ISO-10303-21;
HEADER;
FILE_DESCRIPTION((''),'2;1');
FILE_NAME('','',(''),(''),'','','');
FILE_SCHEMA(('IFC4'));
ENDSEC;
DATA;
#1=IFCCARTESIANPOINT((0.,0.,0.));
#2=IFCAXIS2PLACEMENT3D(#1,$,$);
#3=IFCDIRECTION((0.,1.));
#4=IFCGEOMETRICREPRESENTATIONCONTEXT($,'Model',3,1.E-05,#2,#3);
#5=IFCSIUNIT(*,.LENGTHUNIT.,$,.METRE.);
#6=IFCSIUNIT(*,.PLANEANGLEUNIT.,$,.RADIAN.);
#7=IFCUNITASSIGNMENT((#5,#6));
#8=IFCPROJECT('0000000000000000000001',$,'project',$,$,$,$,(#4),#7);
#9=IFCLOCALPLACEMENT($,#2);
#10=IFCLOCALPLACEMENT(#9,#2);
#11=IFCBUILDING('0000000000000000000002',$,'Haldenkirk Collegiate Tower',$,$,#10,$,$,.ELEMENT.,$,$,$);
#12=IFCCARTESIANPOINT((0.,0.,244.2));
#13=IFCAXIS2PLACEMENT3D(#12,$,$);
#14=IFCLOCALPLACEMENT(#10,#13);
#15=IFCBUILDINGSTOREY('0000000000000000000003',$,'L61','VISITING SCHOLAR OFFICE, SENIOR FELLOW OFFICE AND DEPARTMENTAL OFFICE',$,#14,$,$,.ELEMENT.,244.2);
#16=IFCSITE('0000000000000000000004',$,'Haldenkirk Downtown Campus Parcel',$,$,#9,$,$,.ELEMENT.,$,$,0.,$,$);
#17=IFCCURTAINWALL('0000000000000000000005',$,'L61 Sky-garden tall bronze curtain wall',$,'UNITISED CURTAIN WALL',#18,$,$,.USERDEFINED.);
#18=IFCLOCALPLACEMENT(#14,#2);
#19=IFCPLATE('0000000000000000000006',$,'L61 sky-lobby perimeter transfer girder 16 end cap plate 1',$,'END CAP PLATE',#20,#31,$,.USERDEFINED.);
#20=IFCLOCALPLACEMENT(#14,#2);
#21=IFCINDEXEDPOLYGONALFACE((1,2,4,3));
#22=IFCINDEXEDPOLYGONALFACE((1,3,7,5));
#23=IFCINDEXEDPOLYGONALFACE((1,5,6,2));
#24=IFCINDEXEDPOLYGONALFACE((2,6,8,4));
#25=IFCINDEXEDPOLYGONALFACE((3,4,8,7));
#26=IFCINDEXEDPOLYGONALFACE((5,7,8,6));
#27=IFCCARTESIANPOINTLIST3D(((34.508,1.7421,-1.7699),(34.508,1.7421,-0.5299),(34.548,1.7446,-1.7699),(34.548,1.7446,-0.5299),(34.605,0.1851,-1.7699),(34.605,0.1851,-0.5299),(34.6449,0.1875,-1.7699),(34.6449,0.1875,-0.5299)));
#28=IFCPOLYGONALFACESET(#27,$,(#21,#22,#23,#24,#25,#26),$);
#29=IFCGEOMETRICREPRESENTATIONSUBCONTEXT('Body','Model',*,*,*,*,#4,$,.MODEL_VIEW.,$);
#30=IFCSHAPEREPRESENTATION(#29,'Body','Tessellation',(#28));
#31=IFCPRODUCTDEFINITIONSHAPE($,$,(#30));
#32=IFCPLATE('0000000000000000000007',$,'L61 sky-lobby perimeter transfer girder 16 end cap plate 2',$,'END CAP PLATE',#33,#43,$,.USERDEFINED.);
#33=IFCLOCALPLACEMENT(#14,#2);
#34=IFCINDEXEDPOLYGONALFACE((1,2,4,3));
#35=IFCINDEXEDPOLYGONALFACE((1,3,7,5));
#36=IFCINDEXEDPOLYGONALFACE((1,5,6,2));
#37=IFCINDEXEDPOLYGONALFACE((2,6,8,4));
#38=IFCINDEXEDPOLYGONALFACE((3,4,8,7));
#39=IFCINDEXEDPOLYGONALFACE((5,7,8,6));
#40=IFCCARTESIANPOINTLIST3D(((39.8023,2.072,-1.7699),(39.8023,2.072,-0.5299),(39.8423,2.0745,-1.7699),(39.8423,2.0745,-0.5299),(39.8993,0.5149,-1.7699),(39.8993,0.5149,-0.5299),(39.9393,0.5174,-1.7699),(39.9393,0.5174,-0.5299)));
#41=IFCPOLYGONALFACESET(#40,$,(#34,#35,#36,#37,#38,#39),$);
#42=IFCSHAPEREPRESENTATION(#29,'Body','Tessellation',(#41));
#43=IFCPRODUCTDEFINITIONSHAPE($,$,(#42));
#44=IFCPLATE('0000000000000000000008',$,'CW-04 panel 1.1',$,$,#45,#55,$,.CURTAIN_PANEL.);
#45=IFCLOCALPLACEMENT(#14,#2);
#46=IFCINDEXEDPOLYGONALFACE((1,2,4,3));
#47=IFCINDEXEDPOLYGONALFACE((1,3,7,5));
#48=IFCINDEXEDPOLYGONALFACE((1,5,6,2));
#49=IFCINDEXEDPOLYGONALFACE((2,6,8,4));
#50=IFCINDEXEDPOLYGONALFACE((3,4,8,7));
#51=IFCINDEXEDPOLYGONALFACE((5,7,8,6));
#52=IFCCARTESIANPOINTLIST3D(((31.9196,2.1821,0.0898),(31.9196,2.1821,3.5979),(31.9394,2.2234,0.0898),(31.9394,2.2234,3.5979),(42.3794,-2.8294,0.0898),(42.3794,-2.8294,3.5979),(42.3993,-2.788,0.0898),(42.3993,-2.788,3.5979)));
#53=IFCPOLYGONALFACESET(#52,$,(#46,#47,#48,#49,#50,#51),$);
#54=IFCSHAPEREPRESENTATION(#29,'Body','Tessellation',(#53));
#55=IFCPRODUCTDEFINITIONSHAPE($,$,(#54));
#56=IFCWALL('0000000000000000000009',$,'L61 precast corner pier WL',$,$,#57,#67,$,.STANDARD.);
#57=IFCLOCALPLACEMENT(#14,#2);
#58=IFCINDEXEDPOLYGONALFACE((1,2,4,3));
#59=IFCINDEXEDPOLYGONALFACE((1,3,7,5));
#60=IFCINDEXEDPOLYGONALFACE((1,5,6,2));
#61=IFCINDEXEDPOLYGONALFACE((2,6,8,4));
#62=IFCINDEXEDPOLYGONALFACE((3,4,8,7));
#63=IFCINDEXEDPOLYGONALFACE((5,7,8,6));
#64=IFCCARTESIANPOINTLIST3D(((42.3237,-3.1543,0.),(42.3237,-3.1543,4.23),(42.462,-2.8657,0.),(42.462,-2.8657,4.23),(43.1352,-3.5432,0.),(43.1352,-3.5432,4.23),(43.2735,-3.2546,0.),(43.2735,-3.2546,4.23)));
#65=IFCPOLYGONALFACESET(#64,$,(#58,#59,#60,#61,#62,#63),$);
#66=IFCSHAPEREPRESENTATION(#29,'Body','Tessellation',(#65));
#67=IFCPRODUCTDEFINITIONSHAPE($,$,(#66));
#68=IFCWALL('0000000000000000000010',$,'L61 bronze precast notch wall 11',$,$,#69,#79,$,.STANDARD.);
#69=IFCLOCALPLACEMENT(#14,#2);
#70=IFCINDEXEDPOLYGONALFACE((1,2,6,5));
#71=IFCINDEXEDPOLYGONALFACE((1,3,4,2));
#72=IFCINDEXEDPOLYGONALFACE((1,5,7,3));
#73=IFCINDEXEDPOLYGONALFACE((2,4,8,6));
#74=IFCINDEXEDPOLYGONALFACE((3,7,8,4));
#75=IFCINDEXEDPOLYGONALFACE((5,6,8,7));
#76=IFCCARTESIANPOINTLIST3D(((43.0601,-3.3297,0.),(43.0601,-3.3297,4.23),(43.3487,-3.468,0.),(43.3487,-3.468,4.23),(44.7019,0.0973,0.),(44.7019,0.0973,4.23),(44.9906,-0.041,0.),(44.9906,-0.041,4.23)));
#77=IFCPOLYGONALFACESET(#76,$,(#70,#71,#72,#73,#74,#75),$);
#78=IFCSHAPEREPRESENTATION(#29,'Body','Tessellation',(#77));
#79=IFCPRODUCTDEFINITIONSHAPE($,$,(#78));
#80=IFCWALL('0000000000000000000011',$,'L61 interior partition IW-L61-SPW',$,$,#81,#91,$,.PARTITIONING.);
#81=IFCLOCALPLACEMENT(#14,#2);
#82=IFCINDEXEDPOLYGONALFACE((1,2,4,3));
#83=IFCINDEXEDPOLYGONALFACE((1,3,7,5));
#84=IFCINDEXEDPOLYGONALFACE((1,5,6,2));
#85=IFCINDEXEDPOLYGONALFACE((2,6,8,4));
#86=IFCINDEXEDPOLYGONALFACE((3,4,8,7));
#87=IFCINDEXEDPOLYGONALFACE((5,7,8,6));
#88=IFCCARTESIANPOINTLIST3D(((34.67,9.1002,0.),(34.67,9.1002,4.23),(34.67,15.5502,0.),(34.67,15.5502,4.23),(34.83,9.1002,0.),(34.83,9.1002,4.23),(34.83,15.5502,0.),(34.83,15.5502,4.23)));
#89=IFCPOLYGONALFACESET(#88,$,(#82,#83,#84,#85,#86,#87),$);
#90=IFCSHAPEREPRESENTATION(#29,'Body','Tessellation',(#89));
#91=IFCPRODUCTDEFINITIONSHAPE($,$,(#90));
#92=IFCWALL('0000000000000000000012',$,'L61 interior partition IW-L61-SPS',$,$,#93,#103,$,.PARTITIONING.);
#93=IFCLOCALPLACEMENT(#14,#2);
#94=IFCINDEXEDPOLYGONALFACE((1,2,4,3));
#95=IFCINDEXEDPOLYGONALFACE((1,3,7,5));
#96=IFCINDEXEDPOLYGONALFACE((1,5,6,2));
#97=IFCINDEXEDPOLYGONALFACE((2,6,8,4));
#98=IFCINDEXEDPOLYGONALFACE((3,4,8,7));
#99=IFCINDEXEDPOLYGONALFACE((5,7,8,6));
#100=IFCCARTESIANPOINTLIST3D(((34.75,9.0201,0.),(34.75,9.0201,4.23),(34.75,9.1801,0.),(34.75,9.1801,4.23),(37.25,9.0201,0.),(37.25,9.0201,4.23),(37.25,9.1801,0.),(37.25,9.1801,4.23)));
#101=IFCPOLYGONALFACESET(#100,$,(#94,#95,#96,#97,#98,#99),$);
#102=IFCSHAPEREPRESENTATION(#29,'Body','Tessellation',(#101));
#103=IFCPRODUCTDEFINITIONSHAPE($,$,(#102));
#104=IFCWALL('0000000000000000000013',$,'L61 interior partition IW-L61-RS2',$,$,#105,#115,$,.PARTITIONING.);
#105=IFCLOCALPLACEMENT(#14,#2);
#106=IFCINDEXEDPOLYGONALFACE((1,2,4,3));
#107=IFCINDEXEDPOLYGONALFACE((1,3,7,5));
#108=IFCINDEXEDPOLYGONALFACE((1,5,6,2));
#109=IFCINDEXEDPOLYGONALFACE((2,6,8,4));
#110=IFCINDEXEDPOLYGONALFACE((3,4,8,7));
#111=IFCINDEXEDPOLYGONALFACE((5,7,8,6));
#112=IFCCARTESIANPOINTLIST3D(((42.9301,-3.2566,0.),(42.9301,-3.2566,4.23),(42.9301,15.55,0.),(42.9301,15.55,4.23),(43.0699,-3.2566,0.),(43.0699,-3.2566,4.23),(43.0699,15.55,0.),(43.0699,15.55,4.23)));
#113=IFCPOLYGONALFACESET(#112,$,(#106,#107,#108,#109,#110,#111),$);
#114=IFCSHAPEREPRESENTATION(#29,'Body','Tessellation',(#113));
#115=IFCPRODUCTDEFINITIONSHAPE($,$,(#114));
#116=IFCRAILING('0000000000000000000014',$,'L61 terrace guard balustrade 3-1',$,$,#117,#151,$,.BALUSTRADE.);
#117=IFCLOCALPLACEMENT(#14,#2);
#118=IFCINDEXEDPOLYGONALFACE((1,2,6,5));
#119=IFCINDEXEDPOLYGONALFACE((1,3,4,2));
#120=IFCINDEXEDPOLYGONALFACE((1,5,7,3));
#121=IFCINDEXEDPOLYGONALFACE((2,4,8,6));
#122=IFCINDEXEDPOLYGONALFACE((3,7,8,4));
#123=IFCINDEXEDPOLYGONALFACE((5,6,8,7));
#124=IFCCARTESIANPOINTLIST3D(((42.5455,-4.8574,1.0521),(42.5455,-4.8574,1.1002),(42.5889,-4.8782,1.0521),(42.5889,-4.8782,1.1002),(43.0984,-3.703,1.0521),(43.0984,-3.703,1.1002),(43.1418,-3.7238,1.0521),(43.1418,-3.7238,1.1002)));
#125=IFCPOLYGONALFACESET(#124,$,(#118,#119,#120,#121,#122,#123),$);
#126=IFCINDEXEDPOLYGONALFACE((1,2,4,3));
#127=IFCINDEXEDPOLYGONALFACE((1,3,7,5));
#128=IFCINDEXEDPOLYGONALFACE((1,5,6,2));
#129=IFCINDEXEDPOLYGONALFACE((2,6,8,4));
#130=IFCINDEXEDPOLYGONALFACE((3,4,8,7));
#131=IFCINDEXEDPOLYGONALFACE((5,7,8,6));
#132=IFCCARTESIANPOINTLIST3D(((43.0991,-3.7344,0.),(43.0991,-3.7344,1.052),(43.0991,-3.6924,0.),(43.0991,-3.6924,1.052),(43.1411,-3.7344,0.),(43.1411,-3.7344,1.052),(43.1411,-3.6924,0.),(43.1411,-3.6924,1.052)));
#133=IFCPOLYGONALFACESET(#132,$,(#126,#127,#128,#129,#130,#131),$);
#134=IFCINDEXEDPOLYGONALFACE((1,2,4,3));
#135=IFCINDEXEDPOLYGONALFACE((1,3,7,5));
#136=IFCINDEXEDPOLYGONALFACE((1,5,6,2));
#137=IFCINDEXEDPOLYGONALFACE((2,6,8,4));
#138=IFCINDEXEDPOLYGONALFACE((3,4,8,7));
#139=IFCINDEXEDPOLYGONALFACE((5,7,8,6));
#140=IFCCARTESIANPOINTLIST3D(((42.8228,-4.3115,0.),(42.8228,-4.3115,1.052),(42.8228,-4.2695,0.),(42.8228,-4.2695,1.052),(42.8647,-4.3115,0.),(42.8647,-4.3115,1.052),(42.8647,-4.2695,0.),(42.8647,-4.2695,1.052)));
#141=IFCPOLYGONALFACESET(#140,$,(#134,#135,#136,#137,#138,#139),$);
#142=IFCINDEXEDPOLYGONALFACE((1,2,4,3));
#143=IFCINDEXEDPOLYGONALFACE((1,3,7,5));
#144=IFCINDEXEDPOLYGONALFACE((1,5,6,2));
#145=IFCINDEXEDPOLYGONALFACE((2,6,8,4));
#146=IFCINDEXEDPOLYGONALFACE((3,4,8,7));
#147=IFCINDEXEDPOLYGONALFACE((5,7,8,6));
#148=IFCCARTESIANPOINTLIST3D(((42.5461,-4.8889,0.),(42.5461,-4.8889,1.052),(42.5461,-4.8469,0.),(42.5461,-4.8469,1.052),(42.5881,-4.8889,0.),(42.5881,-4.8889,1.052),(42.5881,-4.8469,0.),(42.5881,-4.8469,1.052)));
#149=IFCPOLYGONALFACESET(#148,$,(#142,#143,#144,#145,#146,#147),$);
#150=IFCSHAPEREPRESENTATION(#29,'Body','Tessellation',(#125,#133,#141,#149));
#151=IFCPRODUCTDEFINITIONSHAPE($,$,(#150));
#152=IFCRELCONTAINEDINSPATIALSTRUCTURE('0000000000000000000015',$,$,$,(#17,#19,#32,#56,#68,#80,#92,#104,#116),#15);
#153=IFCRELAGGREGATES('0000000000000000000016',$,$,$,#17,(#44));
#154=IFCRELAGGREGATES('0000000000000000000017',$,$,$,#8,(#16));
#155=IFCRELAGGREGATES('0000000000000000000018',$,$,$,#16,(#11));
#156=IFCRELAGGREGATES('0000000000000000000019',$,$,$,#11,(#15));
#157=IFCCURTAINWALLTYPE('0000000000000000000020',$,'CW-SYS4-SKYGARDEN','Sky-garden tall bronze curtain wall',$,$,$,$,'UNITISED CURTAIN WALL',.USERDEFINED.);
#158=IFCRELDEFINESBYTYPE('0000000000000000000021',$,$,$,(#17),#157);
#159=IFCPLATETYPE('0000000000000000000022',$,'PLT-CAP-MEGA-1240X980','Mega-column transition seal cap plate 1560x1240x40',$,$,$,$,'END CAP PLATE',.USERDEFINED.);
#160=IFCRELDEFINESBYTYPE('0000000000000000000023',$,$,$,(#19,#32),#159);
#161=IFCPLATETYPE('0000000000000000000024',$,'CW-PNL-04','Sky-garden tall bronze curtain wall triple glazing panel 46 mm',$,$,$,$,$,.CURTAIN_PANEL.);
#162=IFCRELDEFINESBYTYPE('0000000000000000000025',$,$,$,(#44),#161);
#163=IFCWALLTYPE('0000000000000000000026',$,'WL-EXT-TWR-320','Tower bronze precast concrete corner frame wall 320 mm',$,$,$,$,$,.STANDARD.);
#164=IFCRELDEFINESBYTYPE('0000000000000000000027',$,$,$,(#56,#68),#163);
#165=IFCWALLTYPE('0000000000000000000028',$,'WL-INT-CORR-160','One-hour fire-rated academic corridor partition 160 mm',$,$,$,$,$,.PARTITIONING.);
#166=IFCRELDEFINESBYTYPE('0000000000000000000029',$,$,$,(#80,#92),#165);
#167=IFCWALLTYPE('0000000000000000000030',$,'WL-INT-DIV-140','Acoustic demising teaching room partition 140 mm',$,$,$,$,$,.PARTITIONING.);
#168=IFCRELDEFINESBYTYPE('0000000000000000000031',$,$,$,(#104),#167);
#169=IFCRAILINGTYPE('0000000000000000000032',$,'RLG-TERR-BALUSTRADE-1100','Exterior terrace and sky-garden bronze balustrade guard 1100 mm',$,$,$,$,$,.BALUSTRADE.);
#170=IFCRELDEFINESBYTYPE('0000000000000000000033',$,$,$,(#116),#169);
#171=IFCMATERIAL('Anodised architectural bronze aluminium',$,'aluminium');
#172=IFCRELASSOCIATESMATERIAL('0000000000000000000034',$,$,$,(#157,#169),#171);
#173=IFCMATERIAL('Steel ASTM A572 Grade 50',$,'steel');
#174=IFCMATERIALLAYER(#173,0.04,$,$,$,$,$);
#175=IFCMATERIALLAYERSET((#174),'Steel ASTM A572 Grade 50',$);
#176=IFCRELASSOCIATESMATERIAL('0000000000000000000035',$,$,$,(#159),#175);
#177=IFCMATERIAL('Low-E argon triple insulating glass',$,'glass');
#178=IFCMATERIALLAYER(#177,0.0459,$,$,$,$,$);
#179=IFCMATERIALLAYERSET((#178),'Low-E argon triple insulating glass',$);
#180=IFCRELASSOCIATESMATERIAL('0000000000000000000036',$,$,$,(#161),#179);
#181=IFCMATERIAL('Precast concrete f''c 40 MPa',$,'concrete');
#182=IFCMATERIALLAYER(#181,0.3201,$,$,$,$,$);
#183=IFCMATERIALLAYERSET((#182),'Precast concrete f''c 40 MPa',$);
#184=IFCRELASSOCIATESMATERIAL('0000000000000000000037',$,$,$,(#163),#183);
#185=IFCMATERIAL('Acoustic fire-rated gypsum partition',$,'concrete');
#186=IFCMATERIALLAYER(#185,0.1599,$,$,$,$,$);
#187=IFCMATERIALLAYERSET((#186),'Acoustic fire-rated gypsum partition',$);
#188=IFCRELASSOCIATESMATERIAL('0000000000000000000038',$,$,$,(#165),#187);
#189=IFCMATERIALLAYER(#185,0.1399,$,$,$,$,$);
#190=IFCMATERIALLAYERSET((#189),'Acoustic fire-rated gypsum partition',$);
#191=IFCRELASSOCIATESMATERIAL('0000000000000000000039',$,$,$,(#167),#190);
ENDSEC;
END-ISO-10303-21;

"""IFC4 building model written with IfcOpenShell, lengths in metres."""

from ifc_helpers import new_model, si_unit, direction, frame, frame_2d, origin, origin_2d, place, context, subcontext, project, spatial, rectangle, extrude, source, transform, mapped, material, layer, layer_set, type_object, element, aggregate, save


model = new_model("IFC4")

# Units and contexts
model_context = context("Model", 3, precision=1e-05, world=origin(), true_north=direction((0.0, 1.0)))
body_context = subcontext(model_context, "Body", "Model", "MODEL_VIEW")
ifc_project = project(units=[si_unit("LENGTHUNIT", "METRE"), si_unit("PLANEANGLEUNIT", "RADIAN")], contexts=[model_context])

# Site, building, storey
site_placement = place(None, origin())
site = spatial("IfcSite", under=ifc_project, at=site_placement, Name="Haldenkirk Downtown Campus Parcel", CompositionType="ELEMENT", RefElevation=0.0)
building_placement = place(site_placement, origin())
building = spatial("IfcBuilding", under=site, at=building_placement, Name="Haldenkirk Collegiate Tower", CompositionType="ELEMENT")
storey_placement = place(building_placement, frame((0.0, 0.0, 244.2)))
storey = spatial("IfcBuildingStorey", under=building, at=storey_placement, Name="L61", Description="VISITING SCHOLAR OFFICE, SENIOR FELLOW OFFICE AND DEPARTMENTAL OFFICE", CompositionType="ELEMENT", Elevation=244.2)

# Shared definitions
ifc_material_1 = material(Name="Steel ASTM A572 Grade 50", Category="steel")

# Curtain wall
ifc_material_2 = material(Name="Anodised architectural bronze aluminium", Category="aluminium")
curtain_wall_type = type_object("IfcCurtainWallType", Name="CW-SYS4-SKYGARDEN", Description="Sky-garden tall bronze curtain wall", ElementType="UNITISED CURTAIN WALL", PredefinedType="USERDEFINED", material=ifc_material_2)
curtain_wall_placement = place(storey_placement, origin())
curtain_wall = element("IfcCurtainWall", 1, at=curtain_wall_placement, inside=storey, type_object=curtain_wall_type, Name="L61 Sky-garden tall bronze curtain wall", ObjectType="UNITISED CURTAIN WALL", PredefinedType="USERDEFINED")

# Plates
ifc_layer_1 = layer(ifc_material_1, 0.04)
ifc_layer_set_1 = layer_set([ifc_layer_1], Name="Steel ASTM A572 Grade 50")
plate_type_1 = type_object("IfcPlateType", Name="PLT-CAP-MEGA-1240X980", Description="Mega-column transition seal cap plate 1560x1240x40", ElementType="END CAP PLATE", PredefinedType="USERDEFINED", material=ifc_layer_set_1)
shared_shape_1 = source(origin(), body_context, "Body", "SweptSolid", [
    extrude(rectangle(XDim=1.5601, YDim=1.24, at=origin_2d()), origin(), (0.0, 0.0, 1.0), 0.04),
])
for number, where, z_axis, x_axis, name in (
    (2, (34.5964, 0.9661, -1.1499), (-0.998067, -0.062155, 0.0), (0.062155, -0.998067, 0.0), "L61 sky-lobby perimeter transfer girder 16 end cap plate 1"),
    (3, (39.8508, 1.2935, -1.1499), (0.998067, 0.062155, 0.0), (-0.062155, 0.998067, 0.0), "L61 sky-lobby perimeter transfer girder 16 end cap plate 2"),
):
    element("IfcPlate", number, at=place(storey_placement, frame(where, z_axis=z_axis, x_axis=x_axis)), inside=storey, type_object=plate_type_1, Name=name, ObjectType="END CAP PLATE", PredefinedType="USERDEFINED", context=body_context, shape_type="MappedRepresentation", body=[
        mapped(shared_shape_1, transform((0.0, 0.0, 0.0), x_axis=(1.0, 0.0, 0.0), y_axis=(0.0, 1.0, 0.0), z_axis=(0.0, 0.0, 1.0), scale=1.0)),
    ])

# Plate
ifc_material_3 = material(Name="Low-E argon triple insulating glass", Category="glass")
ifc_layer_2 = layer(ifc_material_3, 0.0459)
ifc_layer_set_2 = layer_set([ifc_layer_2], Name="Low-E argon triple insulating glass")
plate_type_2 = type_object("IfcPlateType", Name="CW-PNL-04", Description="Sky-garden tall bronze curtain wall triple glazing panel 46 mm", PredefinedType="CURTAIN_PANEL", material=ifc_layer_set_2)
shared_shape_2 = source(origin(), body_context, "Body", "SweptSolid", [
    extrude(rectangle(XDim=11.5984, YDim=0.0459, at=origin_2d()), origin(), (0.0, 0.0, 1.0), 3.5081),
])
plate_placement = place(storey_placement, frame((37.1594, -0.303, 0.0898), z_axis=(0.0, 0.0, 1.0), x_axis=(-0.901834, 0.432082, 0.0)))
plate = element("IfcPlate", 4, at=plate_placement, type_object=plate_type_2, Name="CW-04 panel 1.1", PredefinedType="CURTAIN_PANEL", context=body_context, shape_type="MappedRepresentation", body=[
    mapped(shared_shape_2, transform((0.0, 0.0, 0.0), x_axis=(1.0, 0.0, 0.0), y_axis=(0.0, 1.0, 0.0), z_axis=(0.0, 0.0, 1.0), scale=1.0)),
])
aggregate(curtain_wall, [plate])

# Walls
ifc_material_4 = material(Name="Precast concrete f'c 40 MPa", Category="concrete")
ifc_layer_3 = layer(ifc_material_4, 0.3201)
ifc_layer_set_3 = layer_set([ifc_layer_3], Name="Precast concrete f'c 40 MPa")
wall_type_1 = type_object("IfcWallType", Name="WL-EXT-TWR-320", Description="Tower bronze precast concrete corner frame wall 320 mm", PredefinedType="STANDARD", material=ifc_layer_set_3)
wall_1_placement = place(storey_placement, frame((43.2043, -3.3989, 0.0), z_axis=(0.0, 0.0, 1.0), x_axis=(-0.90179, 0.432175, 0.0)))
element("IfcWall", 5, at=wall_1_placement, inside=storey, type_object=wall_type_1, Name="L61 precast corner pier WL", PredefinedType="STANDARD", context=body_context, shape_type="SweptSolid", body=[
    extrude(rectangle(XDim=0.8999, YDim=0.3201, at=frame_2d((0.45, 0.0))), origin(), (0.0, 0.0, 1.0), 4.23),
])
wall_2_placement = place(storey_placement, frame((44.8462, 0.0281, 0.0), z_axis=(0.0, 0.0, 1.0), x_axis=(-0.432065, -0.901843, 0.0)))
element("IfcWall", 6, at=wall_2_placement, inside=storey, type_object=wall_type_1, Name="L61 bronze precast notch wall 11", PredefinedType="STANDARD", context=body_context, shape_type="SweptSolid", body=[
    extrude(rectangle(XDim=3.8, YDim=0.3201, at=frame_2d((1.8999, 0.0))), origin(), (0.0, 0.0, 1.0), 4.23),
])
ifc_material_5 = material(Name="Acoustic fire-rated gypsum partition", Category="concrete")
ifc_layer_4 = layer(ifc_material_5, 0.1599)
ifc_layer_set_4 = layer_set([ifc_layer_4], Name="Acoustic fire-rated gypsum partition")
wall_type_2 = type_object("IfcWallType", Name="WL-INT-CORR-160", Description="One-hour fire-rated academic corridor partition 160 mm", PredefinedType="PARTITIONING", material=ifc_layer_set_4)
wall_3_placement = place(storey_placement, frame((34.75, 9.1001, 0.0), z_axis=(0.0, 0.0, 1.0), x_axis=(0.0, 1.0, 0.0)))
element("IfcWall", 7, at=wall_3_placement, inside=storey, type_object=wall_type_2, Name="L61 interior partition IW-L61-SPW", PredefinedType="PARTITIONING", context=body_context, shape_type="SweptSolid", body=[
    extrude(rectangle(XDim=6.45, YDim=0.1599, at=frame_2d((3.2251, 0.0))), origin(), (0.0, 0.0, 1.0), 4.23),
])
wall_4_placement = place(storey_placement, frame((34.75, 9.1001, 0.0), z_axis=(0.0, 0.0, 1.0), x_axis=(1.0, 0.0, 0.0)))
element("IfcWall", 8, at=wall_4_placement, inside=storey, type_object=wall_type_2, Name="L61 interior partition IW-L61-SPS", PredefinedType="PARTITIONING", context=body_context, shape_type="SweptSolid", body=[
    extrude(rectangle(XDim=2.5, YDim=0.1599, at=frame_2d((1.25, 0.0))), origin(), (0.0, 0.0, 1.0), 4.23),
])
ifc_layer_5 = layer(ifc_material_5, 0.1399)
ifc_layer_set_5 = layer_set([ifc_layer_5], Name="Acoustic fire-rated gypsum partition")
wall_type_3 = type_object("IfcWallType", Name="WL-INT-DIV-140", Description="Acoustic demising teaching room partition 140 mm", PredefinedType="PARTITIONING", material=ifc_layer_set_5)
wall_5_placement = place(storey_placement, frame((43.0, -3.2566, 0.0), z_axis=(0.0, 0.0, 1.0), x_axis=(0.0, 1.0, 0.0)))
element("IfcWall", 9, at=wall_5_placement, inside=storey, type_object=wall_type_3, Name="L61 interior partition IW-L61-RS2", PredefinedType="PARTITIONING", context=body_context, shape_type="SweptSolid", body=[
    extrude(rectangle(XDim=18.8066, YDim=0.1399, at=frame_2d((9.4033, 0.0))), origin(), (0.0, 0.0, 1.0), 4.23),
])

# Railing
railing_type = type_object("IfcRailingType", Name="RLG-TERR-BALUSTRADE-1100", Description="Exterior terrace and sky-garden bronze balustrade guard 1100 mm", PredefinedType="BALUSTRADE", material=ifc_material_2)
railing_1_placement = place(storey_placement, frame((43.1201, -3.7134, 0.0)))
element("IfcRailing", 10, at=railing_1_placement, inside=storey, type_object=railing_type, Name="L61 terrace guard balustrade 3-1", PredefinedType="BALUSTRADE", context=body_context, shape_type="SweptSolid", body=[
    extrude(rectangle(XDim=0.0481, YDim=0.0481, at=origin_2d()), frame((0.0, 0.0, 1.0762), z_axis=(-0.431968, -0.901889, 0.0), x_axis=(0.901889, -0.431968, 0.0)), (0.0, 0.0, 1.0), 1.28),
    extrude(rectangle(XDim=0.042, YDim=0.042, at=origin_2d()), origin(), (0.0, 0.0, 1.0), 1.052),
    extrude(rectangle(XDim=0.042, YDim=0.042, at=origin_2d()), frame((-0.2764, -0.5771, 0.0)), (0.0, 0.0, 1.0), 1.052),
    extrude(rectangle(XDim=0.042, YDim=0.042, at=origin_2d()), frame((-0.553, -1.1545, 0.0)), (0.0, 0.0, 1.0), 1.052),
])

save(model, "model.ifc")
